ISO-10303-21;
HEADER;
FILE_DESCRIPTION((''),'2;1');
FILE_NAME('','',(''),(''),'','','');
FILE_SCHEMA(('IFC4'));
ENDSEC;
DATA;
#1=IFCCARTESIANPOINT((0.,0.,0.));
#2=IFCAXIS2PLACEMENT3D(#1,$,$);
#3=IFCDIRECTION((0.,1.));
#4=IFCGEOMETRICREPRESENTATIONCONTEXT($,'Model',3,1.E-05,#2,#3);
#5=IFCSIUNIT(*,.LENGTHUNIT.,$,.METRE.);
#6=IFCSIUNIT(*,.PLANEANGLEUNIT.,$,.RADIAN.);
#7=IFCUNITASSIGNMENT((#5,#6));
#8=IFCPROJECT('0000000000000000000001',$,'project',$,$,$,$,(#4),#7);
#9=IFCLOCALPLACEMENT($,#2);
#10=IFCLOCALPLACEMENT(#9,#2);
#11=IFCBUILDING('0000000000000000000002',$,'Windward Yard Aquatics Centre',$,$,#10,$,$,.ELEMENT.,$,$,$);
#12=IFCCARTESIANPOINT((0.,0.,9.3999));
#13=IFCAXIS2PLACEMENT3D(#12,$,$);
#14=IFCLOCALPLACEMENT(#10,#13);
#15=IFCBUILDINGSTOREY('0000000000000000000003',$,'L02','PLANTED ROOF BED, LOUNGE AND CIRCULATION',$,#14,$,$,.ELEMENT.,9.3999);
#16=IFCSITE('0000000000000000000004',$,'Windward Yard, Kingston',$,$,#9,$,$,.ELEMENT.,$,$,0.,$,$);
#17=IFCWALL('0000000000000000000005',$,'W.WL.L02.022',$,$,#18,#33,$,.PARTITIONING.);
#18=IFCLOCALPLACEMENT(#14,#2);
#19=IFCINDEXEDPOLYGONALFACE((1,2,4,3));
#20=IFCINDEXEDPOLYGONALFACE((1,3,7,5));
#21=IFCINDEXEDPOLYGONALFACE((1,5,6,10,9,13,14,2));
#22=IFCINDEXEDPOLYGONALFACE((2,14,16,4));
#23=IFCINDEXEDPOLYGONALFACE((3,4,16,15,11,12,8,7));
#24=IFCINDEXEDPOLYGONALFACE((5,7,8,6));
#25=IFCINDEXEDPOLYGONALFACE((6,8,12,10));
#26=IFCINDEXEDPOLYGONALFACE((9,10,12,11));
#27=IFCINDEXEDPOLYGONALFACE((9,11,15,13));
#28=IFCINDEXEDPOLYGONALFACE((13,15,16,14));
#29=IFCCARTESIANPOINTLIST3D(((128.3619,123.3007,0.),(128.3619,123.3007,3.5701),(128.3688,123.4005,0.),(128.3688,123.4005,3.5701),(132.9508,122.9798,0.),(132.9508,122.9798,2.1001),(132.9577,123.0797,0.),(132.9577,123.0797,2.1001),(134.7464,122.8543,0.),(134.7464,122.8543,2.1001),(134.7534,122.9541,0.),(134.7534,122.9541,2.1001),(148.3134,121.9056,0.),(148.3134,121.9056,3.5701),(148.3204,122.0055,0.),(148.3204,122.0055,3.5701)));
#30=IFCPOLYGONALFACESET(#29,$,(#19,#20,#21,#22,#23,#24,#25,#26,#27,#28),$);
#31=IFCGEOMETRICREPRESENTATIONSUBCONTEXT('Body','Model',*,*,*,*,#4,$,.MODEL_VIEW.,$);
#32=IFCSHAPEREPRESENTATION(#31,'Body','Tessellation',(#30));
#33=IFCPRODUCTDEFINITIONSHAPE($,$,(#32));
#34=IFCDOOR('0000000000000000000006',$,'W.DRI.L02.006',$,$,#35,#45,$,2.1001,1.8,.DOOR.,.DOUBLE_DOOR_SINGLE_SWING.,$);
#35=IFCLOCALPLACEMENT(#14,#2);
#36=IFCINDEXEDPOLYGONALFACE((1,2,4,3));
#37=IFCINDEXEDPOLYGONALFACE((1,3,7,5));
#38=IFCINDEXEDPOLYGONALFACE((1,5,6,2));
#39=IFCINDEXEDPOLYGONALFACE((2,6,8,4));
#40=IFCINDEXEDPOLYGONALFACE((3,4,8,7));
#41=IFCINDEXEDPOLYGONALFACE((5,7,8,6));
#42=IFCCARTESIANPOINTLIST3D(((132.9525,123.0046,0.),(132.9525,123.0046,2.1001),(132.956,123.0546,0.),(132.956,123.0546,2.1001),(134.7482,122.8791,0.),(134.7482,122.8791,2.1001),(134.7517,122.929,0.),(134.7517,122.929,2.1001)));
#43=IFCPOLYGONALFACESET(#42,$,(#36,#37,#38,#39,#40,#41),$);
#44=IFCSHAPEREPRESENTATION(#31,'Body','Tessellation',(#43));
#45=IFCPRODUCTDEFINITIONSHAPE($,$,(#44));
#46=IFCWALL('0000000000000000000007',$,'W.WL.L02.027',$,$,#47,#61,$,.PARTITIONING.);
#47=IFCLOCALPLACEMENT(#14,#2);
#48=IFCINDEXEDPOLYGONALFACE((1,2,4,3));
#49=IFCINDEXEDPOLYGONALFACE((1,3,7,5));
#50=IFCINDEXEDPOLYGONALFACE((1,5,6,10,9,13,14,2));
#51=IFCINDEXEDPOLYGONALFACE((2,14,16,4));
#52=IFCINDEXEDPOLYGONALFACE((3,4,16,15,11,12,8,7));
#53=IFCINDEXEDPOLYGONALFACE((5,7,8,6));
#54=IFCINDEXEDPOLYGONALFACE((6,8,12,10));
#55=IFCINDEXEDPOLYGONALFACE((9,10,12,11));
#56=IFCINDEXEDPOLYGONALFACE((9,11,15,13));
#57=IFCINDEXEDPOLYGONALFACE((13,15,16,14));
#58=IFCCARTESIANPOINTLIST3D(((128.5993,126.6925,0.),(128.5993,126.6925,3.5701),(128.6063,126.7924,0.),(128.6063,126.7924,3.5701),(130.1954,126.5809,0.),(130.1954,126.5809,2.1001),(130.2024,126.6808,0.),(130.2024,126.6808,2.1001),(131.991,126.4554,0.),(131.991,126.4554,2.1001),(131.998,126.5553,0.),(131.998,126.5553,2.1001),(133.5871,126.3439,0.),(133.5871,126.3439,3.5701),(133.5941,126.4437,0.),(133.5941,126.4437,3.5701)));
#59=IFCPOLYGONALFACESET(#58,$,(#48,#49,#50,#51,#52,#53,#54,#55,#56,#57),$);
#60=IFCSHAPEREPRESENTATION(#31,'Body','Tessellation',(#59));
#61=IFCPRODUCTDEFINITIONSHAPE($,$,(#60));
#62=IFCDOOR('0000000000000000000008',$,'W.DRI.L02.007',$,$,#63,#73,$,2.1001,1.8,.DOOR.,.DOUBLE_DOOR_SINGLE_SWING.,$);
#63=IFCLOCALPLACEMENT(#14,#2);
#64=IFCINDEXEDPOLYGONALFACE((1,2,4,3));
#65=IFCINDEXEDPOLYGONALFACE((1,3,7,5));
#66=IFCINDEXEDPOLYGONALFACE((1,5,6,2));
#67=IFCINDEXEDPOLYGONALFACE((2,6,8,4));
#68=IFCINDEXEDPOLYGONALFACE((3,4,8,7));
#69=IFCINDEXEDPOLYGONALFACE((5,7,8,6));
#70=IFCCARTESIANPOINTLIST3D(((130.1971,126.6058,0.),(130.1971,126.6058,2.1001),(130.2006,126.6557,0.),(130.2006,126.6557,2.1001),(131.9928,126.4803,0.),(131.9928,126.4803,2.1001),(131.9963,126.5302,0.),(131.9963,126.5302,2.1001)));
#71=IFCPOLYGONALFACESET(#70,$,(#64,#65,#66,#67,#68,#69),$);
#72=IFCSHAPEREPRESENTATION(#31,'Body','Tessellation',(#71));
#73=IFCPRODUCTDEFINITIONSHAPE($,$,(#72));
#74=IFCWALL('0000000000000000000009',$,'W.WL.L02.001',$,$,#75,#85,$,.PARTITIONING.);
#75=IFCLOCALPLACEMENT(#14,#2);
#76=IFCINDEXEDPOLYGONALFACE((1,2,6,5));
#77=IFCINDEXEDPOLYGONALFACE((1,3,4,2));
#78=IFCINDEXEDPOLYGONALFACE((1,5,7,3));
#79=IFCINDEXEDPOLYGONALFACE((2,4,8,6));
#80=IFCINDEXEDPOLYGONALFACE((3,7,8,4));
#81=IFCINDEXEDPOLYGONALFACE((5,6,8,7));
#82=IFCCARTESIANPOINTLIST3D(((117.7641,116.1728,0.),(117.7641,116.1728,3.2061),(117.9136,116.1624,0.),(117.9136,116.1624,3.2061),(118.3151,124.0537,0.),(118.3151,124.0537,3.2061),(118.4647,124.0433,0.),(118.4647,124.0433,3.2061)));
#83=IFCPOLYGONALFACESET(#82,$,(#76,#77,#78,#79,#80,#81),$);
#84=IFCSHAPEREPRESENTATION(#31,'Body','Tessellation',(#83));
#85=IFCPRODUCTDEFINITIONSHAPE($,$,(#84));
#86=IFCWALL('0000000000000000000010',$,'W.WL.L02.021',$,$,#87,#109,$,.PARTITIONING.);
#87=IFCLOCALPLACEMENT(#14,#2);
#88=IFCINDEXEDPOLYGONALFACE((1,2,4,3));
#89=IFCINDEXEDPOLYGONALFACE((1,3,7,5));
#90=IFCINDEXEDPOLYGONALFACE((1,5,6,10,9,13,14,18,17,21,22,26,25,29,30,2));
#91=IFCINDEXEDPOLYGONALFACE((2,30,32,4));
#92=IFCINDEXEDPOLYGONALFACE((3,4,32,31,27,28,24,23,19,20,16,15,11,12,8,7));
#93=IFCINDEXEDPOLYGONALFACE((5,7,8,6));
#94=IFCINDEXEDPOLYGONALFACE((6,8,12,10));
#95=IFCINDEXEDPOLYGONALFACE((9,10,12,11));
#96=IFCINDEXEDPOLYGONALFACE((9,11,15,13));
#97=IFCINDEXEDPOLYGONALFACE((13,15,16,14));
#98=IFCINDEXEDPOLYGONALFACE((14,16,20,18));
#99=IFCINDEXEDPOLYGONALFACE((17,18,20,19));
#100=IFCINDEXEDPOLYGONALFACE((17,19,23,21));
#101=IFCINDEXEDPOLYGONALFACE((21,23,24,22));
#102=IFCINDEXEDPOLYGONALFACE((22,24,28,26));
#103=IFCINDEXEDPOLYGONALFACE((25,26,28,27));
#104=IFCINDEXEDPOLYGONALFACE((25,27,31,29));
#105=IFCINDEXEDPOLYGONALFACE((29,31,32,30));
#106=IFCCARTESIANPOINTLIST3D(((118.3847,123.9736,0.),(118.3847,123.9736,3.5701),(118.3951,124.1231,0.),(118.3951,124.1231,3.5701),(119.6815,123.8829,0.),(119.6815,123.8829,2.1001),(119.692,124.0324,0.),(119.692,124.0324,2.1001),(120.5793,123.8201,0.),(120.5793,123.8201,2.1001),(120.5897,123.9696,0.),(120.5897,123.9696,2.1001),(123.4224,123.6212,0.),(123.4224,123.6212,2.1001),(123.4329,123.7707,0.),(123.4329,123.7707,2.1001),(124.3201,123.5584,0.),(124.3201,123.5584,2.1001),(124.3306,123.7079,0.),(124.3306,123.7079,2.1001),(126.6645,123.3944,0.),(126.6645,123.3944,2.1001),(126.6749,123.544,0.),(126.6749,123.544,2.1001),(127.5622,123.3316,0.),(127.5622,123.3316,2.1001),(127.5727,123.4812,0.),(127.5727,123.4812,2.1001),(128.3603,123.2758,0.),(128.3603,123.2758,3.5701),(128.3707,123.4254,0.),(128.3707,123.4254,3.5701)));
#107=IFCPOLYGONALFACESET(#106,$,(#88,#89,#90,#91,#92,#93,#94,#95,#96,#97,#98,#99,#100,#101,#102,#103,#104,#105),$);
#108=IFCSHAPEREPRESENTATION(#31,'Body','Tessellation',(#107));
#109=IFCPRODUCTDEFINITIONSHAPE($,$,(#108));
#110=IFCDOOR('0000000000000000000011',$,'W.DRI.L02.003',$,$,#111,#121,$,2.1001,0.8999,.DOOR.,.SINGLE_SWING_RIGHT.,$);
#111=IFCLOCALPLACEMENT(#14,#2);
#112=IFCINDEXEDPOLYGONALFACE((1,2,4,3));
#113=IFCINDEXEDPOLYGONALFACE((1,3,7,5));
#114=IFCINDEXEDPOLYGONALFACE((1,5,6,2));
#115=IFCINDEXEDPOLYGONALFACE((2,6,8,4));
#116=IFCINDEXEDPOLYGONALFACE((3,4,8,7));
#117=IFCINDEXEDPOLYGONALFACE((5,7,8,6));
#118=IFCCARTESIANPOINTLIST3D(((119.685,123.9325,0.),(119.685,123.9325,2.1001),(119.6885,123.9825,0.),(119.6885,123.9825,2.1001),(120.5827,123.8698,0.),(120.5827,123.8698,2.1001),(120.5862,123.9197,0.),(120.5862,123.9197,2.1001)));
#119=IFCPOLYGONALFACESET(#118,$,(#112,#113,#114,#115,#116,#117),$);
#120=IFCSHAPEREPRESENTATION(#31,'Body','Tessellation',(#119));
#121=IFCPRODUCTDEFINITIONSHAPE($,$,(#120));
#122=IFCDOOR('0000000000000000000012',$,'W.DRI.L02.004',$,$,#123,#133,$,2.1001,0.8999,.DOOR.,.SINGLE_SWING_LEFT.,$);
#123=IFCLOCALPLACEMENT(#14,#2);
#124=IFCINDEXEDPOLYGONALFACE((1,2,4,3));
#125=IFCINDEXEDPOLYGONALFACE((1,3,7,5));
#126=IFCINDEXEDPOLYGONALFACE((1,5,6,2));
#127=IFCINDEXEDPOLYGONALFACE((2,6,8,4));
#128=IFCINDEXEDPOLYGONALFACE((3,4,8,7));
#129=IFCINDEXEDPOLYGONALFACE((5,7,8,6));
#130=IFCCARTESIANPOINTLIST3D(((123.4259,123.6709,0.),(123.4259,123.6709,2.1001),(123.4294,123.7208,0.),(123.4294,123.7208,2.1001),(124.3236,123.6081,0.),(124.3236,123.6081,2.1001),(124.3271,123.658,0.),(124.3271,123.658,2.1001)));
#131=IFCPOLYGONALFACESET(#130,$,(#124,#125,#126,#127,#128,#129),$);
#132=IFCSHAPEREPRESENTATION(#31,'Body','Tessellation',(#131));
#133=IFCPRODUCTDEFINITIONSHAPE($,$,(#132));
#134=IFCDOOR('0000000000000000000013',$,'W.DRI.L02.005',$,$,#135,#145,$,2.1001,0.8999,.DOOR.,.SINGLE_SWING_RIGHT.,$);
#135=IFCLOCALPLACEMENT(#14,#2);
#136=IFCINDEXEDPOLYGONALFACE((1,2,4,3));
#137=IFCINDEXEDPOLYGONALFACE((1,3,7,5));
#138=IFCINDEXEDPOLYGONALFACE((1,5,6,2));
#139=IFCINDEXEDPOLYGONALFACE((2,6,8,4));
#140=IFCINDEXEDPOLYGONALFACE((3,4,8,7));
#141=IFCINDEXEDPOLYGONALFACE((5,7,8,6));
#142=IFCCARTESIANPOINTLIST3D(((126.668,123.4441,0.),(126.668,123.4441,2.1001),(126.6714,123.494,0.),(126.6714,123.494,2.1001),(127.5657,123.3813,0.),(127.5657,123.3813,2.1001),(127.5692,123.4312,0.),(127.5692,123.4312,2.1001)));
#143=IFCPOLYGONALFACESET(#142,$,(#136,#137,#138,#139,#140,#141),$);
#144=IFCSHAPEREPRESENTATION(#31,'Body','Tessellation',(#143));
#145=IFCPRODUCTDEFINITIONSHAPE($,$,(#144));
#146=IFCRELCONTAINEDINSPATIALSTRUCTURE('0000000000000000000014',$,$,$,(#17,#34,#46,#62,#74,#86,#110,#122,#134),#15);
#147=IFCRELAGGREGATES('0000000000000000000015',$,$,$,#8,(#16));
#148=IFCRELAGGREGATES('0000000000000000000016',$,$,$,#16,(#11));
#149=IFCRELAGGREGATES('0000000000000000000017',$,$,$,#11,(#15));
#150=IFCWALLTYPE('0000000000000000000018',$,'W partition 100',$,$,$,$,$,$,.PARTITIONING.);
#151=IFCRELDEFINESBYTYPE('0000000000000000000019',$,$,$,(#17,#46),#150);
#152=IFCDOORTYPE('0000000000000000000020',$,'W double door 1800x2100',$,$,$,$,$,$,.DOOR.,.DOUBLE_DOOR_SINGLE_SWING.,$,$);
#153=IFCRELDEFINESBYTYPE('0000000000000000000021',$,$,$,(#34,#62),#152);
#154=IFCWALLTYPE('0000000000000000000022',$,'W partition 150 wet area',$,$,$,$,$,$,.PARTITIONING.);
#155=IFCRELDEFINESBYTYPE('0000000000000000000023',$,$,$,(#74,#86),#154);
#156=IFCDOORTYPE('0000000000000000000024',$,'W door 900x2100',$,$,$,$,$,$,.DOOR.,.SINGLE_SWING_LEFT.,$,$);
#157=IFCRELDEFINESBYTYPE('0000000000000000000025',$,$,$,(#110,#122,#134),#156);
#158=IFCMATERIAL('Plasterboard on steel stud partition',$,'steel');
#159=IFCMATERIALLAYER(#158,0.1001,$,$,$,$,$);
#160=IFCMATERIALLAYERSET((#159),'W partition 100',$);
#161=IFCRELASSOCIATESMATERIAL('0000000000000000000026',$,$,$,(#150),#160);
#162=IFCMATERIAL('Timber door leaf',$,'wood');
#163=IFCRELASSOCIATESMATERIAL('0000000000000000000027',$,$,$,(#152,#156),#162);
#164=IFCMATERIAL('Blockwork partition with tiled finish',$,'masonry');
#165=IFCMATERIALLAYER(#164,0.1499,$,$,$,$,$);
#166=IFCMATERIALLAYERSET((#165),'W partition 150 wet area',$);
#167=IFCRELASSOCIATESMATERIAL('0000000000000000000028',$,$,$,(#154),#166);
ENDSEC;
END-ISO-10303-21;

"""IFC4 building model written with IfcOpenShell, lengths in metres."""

from ifc_helpers import new_model, si_unit, direction, frame, frame_2d, origin, place, context, subcontext, project, spatial, rectangle, extrude, material, layer, layer_set, type_object, element, fill, save


model = new_model("IFC4")

# Units and contexts
model_context = context("Model", 3, precision=1e-05, world=origin(), true_north=direction((0.0, 1.0)))
body_context = subcontext(model_context, "Body", "Model", "MODEL_VIEW")
ifc_project = project(units=[si_unit("LENGTHUNIT", "METRE"), si_unit("PLANEANGLEUNIT", "RADIAN")], contexts=[model_context])

# Site, building, storey
site_placement = place(None, origin())
site = spatial("IfcSite", under=ifc_project, at=site_placement, Name="Windward Yard, Kingston", CompositionType="ELEMENT", RefElevation=0.0)
building_placement = place(site_placement, origin())
building = spatial("IfcBuilding", under=site, at=building_placement, Name="Windward Yard Aquatics Centre", CompositionType="ELEMENT")
storey_placement = place(building_placement, frame((0.0, 0.0, 9.3999)))
storey = spatial("IfcBuildingStorey", under=building, at=storey_placement, Name="L02", Description="PLANTED ROOF BED, LOUNGE AND CIRCULATION", CompositionType="ELEMENT", Elevation=9.3999)

# Walls, openings, doors
ifc_material_1 = material(Name="Plasterboard on steel stud partition", Category="steel")
ifc_layer_1 = layer(ifc_material_1, 0.1001)
ifc_layer_set_1 = layer_set([ifc_layer_1], Name="W partition 100")
wall_type_1 = type_object("IfcWallType", Name="W partition 100", PredefinedType="PARTITIONING", material=ifc_layer_set_1)
wall_1_placement = place(storey_placement, frame((128.3655, 123.3506, 0.0), z_axis=(0.0, 0.0, 1.0), x_axis=(0.997564, -0.069751, 0.0)))
wall_1 = element("IfcWall", 1, at=wall_1_placement, inside=storey, type_object=wall_type_1, Name="W.WL.L02.022", PredefinedType="PARTITIONING", context=body_context, shape_type="SweptSolid", body=[
    extrude(rectangle(XDim=20.0002, YDim=0.1001, at=frame_2d((10.0, 0.0))), origin(), (0.0, 0.0, 1.0), 3.5701),
])
opening_1_placement = place(wall_1_placement, frame((4.6001, 0.0, 0.0)))
opening_1 = element("IfcOpeningElement", 2, at=opening_1_placement, cuts=wall_1, PredefinedType="OPENING", context=body_context, shape_type="SweptSolid", body=[
    extrude(rectangle(XDim=1.8, YDim=2.1001, at=frame_2d((0.8999, 1.05))), frame((0.0, 0.0601, 0.0), z_axis=(0.0, -1.0, 0.0), x_axis=(1.0, 0.0, 0.0)), (0.0, 0.0, 1.0), 0.1201),
])
ifc_material_2 = material(Name="Timber door leaf", Category="wood")
door_type_1 = type_object("IfcDoorType", Name="W double door 1800x2100", OperationType="DOUBLE_DOOR_SINGLE_SWING", PredefinedType="DOOR", material=ifc_material_2)
door_1_placement = place(opening_1_placement, origin())
door_1 = element("IfcDoor", 3, at=door_1_placement, inside=storey, type_object=door_type_1, Name="W.DRI.L02.006", OperationType="DOUBLE_DOOR_SINGLE_SWING", OverallHeight=2.1001, OverallWidth=1.8, PredefinedType="DOOR", context=body_context, shape_type="SweptSolid", body=[
    extrude(rectangle(XDim=1.8, YDim=2.1001, at=frame_2d((0.8999, 1.05))), frame((0.0, 0.0249, 0.0), z_axis=(0.0, -1.0, 0.0), x_axis=(1.0, 0.0, 0.0)), (0.0, 0.0, 1.0), 0.05),
])
fill(opening_1, door_1)
wall_2_placement = place(storey_placement, frame((128.6028, 126.7424, 0.0), z_axis=(0.0, 0.0, 1.0), x_axis=(0.997566, -0.069727, 0.0)))
wall_2 = element("IfcWall", 4, at=wall_2_placement, inside=storey, type_object=wall_type_1, Name="W.WL.L02.027", PredefinedType="PARTITIONING", context=body_context, shape_type="SweptSolid", body=[
    extrude(rectangle(XDim=5.0, YDim=0.1001, at=frame_2d((2.5, 0.0))), origin(), (0.0, 0.0, 1.0), 3.5701),
])
opening_2_placement = place(wall_2_placement, frame((1.6001, 0.0, 0.0)))
opening_2 = element("IfcOpeningElement", 5, at=opening_2_placement, cuts=wall_2, PredefinedType="OPENING", context=body_context, shape_type="SweptSolid", body=[
    extrude(rectangle(XDim=1.8, YDim=2.1001, at=frame_2d((0.8999, 1.05))), frame((0.0, 0.0601, 0.0), z_axis=(0.0, -1.0, 0.0), x_axis=(1.0, 0.0, 0.0)), (0.0, 0.0, 1.0), 0.1201),
])
door_2_placement = place(opening_2_placement, origin())
door_2 = element("IfcDoor", 6, at=door_2_placement, inside=storey, type_object=door_type_1, Name="W.DRI.L02.007", OperationType="DOUBLE_DOOR_SINGLE_SWING", OverallHeight=2.1001, OverallWidth=1.8, PredefinedType="DOOR", context=body_context, shape_type="SweptSolid", body=[
    extrude(rectangle(XDim=1.8, YDim=2.1001, at=frame_2d((0.8999, 1.05))), frame((0.0, 0.0249, 0.0), z_axis=(0.0, -1.0, 0.0), x_axis=(1.0, 0.0, 0.0)), (0.0, 0.0, 1.0), 0.05),
])
fill(opening_2, door_2)

# Wall
ifc_material_3 = material(Name="Blockwork partition with tiled finish", Category="masonry")
ifc_layer_2 = layer(ifc_material_3, 0.1499)
ifc_layer_set_2 = layer_set([ifc_layer_2], Name="W partition 150 wet area")
wall_type_2 = type_object("IfcWallType", Name="W partition 150 wet area", PredefinedType="PARTITIONING", material=ifc_layer_set_2)
wall_3_placement = place(storey_placement, frame((117.8389, 116.1675, 0.0), z_axis=(0.0, 0.0, 1.0), x_axis=(0.069749, 0.997565, 0.0)))
element("IfcWall", 7, at=wall_3_placement, inside=storey, type_object=wall_type_2, Name="W.WL.L02.001", PredefinedType="PARTITIONING", context=body_context, shape_type="SweptSolid", body=[
    extrude(rectangle(XDim=7.9001, YDim=0.1499, at=frame_2d((3.9502, 0.0))), origin(), (0.0, 0.0, 1.0), 3.2061),
])

# Wall, openings, doors
wall_4_placement = place(storey_placement, frame((118.3899, 124.0483, 0.0), z_axis=(0.0, 0.0, 1.0), x_axis=(0.997563, -0.069776, 0.0)))
wall_4 = element("IfcWall", 8, at=wall_4_placement, inside=storey, type_object=wall_type_2, Name="W.WL.L02.021", PredefinedType="PARTITIONING", context=body_context, shape_type="SweptSolid", body=[
    extrude(rectangle(XDim=10.0, YDim=0.1499, at=frame_2d((5.0, 0.0))), origin(), (0.0, 0.0, 1.0), 3.5701),
])
opening_3_placement = place(wall_4_placement, frame((1.3, 0.0, 0.0)))
opening_3 = element("IfcOpeningElement", 9, at=opening_3_placement, cuts=wall_4, PredefinedType="OPENING", context=body_context, shape_type="SweptSolid", body=[
    extrude(rectangle(XDim=0.8999, YDim=2.1001, at=frame_2d((0.45, 1.05))), frame((0.0, 0.085, 0.0), z_axis=(0.0, -1.0, 0.0), x_axis=(1.0, 0.0, 0.0)), (0.0, 0.0, 1.0), 0.1699),
])
opening_4_placement = place(wall_4_placement, frame((5.05, 0.0, 0.0)))
opening_4 = element("IfcOpeningElement", 10, at=opening_4_placement, cuts=wall_4, PredefinedType="OPENING", context=body_context, shape_type="SweptSolid", body=[
    extrude(rectangle(XDim=0.8999, YDim=2.1001, at=frame_2d((0.45, 1.05))), frame((0.0, 0.085, 0.0), z_axis=(0.0, -1.0, 0.0), x_axis=(1.0, 0.0, 0.0)), (0.0, 0.0, 1.0), 0.1699),
])
opening_5_placement = place(wall_4_placement, frame((8.3, 0.0, 0.0)))
opening_5 = element("IfcOpeningElement", 11, at=opening_5_placement, cuts=wall_4, PredefinedType="OPENING", context=body_context, shape_type="SweptSolid", body=[
    extrude(rectangle(XDim=0.8999, YDim=2.1001, at=frame_2d((0.45, 1.05))), frame((0.0, 0.085, 0.0), z_axis=(0.0, -1.0, 0.0), x_axis=(1.0, 0.0, 0.0)), (0.0, 0.0, 1.0), 0.1699),
])
door_type_2 = type_object("IfcDoorType", Name="W door 900x2100", OperationType="SINGLE_SWING_LEFT", PredefinedType="DOOR", material=ifc_material_2)
door_3_placement = place(opening_3_placement, origin())
door_3 = element("IfcDoor", 12, at=door_3_placement, inside=storey, type_object=door_type_2, Name="W.DRI.L02.003", OperationType="SINGLE_SWING_RIGHT", OverallHeight=2.1001, OverallWidth=0.8999, PredefinedType="DOOR", context=body_context, shape_type="SweptSolid", body=[
    extrude(rectangle(XDim=0.8999, YDim=2.1001, at=frame_2d((0.45, 1.05))), frame((0.0, 0.0249, 0.0), z_axis=(0.0, -1.0, 0.0), x_axis=(1.0, 0.0, 0.0)), (0.0, 0.0, 1.0), 0.05),
])
fill(opening_3, door_3)
door_4_placement = place(opening_4_placement, origin())
door_4 = element("IfcDoor", 13, at=door_4_placement, inside=storey, type_object=door_type_2, Name="W.DRI.L02.004", OperationType="SINGLE_SWING_LEFT", OverallHeight=2.1001, OverallWidth=0.8999, PredefinedType="DOOR", context=body_context, shape_type="SweptSolid", body=[
    extrude(rectangle(XDim=0.8999, YDim=2.1001, at=frame_2d((0.45, 1.05))), frame((0.0, 0.0249, 0.0), z_axis=(0.0, -1.0, 0.0), x_axis=(1.0, 0.0, 0.0)), (0.0, 0.0, 1.0), 0.05),
])
fill(opening_4, door_4)
door_5_placement = place(opening_5_placement, origin())
door_5 = element("IfcDoor", 14, at=door_5_placement, inside=storey, type_object=door_type_2, Name="W.DRI.L02.005", OperationType="SINGLE_SWING_RIGHT", OverallHeight=2.1001, OverallWidth=0.8999, PredefinedType="DOOR", context=body_context, shape_type="SweptSolid", body=[
    extrude(rectangle(XDim=0.8999, YDim=2.1001, at=frame_2d((0.45, 1.05))), frame((0.0, 0.0249, 0.0), z_axis=(0.0, -1.0, 0.0), x_axis=(1.0, 0.0, 0.0)), (0.0, 0.0, 1.0), 0.05),
])
fill(opening_5, door_5)

save(model, "model.ifc")
